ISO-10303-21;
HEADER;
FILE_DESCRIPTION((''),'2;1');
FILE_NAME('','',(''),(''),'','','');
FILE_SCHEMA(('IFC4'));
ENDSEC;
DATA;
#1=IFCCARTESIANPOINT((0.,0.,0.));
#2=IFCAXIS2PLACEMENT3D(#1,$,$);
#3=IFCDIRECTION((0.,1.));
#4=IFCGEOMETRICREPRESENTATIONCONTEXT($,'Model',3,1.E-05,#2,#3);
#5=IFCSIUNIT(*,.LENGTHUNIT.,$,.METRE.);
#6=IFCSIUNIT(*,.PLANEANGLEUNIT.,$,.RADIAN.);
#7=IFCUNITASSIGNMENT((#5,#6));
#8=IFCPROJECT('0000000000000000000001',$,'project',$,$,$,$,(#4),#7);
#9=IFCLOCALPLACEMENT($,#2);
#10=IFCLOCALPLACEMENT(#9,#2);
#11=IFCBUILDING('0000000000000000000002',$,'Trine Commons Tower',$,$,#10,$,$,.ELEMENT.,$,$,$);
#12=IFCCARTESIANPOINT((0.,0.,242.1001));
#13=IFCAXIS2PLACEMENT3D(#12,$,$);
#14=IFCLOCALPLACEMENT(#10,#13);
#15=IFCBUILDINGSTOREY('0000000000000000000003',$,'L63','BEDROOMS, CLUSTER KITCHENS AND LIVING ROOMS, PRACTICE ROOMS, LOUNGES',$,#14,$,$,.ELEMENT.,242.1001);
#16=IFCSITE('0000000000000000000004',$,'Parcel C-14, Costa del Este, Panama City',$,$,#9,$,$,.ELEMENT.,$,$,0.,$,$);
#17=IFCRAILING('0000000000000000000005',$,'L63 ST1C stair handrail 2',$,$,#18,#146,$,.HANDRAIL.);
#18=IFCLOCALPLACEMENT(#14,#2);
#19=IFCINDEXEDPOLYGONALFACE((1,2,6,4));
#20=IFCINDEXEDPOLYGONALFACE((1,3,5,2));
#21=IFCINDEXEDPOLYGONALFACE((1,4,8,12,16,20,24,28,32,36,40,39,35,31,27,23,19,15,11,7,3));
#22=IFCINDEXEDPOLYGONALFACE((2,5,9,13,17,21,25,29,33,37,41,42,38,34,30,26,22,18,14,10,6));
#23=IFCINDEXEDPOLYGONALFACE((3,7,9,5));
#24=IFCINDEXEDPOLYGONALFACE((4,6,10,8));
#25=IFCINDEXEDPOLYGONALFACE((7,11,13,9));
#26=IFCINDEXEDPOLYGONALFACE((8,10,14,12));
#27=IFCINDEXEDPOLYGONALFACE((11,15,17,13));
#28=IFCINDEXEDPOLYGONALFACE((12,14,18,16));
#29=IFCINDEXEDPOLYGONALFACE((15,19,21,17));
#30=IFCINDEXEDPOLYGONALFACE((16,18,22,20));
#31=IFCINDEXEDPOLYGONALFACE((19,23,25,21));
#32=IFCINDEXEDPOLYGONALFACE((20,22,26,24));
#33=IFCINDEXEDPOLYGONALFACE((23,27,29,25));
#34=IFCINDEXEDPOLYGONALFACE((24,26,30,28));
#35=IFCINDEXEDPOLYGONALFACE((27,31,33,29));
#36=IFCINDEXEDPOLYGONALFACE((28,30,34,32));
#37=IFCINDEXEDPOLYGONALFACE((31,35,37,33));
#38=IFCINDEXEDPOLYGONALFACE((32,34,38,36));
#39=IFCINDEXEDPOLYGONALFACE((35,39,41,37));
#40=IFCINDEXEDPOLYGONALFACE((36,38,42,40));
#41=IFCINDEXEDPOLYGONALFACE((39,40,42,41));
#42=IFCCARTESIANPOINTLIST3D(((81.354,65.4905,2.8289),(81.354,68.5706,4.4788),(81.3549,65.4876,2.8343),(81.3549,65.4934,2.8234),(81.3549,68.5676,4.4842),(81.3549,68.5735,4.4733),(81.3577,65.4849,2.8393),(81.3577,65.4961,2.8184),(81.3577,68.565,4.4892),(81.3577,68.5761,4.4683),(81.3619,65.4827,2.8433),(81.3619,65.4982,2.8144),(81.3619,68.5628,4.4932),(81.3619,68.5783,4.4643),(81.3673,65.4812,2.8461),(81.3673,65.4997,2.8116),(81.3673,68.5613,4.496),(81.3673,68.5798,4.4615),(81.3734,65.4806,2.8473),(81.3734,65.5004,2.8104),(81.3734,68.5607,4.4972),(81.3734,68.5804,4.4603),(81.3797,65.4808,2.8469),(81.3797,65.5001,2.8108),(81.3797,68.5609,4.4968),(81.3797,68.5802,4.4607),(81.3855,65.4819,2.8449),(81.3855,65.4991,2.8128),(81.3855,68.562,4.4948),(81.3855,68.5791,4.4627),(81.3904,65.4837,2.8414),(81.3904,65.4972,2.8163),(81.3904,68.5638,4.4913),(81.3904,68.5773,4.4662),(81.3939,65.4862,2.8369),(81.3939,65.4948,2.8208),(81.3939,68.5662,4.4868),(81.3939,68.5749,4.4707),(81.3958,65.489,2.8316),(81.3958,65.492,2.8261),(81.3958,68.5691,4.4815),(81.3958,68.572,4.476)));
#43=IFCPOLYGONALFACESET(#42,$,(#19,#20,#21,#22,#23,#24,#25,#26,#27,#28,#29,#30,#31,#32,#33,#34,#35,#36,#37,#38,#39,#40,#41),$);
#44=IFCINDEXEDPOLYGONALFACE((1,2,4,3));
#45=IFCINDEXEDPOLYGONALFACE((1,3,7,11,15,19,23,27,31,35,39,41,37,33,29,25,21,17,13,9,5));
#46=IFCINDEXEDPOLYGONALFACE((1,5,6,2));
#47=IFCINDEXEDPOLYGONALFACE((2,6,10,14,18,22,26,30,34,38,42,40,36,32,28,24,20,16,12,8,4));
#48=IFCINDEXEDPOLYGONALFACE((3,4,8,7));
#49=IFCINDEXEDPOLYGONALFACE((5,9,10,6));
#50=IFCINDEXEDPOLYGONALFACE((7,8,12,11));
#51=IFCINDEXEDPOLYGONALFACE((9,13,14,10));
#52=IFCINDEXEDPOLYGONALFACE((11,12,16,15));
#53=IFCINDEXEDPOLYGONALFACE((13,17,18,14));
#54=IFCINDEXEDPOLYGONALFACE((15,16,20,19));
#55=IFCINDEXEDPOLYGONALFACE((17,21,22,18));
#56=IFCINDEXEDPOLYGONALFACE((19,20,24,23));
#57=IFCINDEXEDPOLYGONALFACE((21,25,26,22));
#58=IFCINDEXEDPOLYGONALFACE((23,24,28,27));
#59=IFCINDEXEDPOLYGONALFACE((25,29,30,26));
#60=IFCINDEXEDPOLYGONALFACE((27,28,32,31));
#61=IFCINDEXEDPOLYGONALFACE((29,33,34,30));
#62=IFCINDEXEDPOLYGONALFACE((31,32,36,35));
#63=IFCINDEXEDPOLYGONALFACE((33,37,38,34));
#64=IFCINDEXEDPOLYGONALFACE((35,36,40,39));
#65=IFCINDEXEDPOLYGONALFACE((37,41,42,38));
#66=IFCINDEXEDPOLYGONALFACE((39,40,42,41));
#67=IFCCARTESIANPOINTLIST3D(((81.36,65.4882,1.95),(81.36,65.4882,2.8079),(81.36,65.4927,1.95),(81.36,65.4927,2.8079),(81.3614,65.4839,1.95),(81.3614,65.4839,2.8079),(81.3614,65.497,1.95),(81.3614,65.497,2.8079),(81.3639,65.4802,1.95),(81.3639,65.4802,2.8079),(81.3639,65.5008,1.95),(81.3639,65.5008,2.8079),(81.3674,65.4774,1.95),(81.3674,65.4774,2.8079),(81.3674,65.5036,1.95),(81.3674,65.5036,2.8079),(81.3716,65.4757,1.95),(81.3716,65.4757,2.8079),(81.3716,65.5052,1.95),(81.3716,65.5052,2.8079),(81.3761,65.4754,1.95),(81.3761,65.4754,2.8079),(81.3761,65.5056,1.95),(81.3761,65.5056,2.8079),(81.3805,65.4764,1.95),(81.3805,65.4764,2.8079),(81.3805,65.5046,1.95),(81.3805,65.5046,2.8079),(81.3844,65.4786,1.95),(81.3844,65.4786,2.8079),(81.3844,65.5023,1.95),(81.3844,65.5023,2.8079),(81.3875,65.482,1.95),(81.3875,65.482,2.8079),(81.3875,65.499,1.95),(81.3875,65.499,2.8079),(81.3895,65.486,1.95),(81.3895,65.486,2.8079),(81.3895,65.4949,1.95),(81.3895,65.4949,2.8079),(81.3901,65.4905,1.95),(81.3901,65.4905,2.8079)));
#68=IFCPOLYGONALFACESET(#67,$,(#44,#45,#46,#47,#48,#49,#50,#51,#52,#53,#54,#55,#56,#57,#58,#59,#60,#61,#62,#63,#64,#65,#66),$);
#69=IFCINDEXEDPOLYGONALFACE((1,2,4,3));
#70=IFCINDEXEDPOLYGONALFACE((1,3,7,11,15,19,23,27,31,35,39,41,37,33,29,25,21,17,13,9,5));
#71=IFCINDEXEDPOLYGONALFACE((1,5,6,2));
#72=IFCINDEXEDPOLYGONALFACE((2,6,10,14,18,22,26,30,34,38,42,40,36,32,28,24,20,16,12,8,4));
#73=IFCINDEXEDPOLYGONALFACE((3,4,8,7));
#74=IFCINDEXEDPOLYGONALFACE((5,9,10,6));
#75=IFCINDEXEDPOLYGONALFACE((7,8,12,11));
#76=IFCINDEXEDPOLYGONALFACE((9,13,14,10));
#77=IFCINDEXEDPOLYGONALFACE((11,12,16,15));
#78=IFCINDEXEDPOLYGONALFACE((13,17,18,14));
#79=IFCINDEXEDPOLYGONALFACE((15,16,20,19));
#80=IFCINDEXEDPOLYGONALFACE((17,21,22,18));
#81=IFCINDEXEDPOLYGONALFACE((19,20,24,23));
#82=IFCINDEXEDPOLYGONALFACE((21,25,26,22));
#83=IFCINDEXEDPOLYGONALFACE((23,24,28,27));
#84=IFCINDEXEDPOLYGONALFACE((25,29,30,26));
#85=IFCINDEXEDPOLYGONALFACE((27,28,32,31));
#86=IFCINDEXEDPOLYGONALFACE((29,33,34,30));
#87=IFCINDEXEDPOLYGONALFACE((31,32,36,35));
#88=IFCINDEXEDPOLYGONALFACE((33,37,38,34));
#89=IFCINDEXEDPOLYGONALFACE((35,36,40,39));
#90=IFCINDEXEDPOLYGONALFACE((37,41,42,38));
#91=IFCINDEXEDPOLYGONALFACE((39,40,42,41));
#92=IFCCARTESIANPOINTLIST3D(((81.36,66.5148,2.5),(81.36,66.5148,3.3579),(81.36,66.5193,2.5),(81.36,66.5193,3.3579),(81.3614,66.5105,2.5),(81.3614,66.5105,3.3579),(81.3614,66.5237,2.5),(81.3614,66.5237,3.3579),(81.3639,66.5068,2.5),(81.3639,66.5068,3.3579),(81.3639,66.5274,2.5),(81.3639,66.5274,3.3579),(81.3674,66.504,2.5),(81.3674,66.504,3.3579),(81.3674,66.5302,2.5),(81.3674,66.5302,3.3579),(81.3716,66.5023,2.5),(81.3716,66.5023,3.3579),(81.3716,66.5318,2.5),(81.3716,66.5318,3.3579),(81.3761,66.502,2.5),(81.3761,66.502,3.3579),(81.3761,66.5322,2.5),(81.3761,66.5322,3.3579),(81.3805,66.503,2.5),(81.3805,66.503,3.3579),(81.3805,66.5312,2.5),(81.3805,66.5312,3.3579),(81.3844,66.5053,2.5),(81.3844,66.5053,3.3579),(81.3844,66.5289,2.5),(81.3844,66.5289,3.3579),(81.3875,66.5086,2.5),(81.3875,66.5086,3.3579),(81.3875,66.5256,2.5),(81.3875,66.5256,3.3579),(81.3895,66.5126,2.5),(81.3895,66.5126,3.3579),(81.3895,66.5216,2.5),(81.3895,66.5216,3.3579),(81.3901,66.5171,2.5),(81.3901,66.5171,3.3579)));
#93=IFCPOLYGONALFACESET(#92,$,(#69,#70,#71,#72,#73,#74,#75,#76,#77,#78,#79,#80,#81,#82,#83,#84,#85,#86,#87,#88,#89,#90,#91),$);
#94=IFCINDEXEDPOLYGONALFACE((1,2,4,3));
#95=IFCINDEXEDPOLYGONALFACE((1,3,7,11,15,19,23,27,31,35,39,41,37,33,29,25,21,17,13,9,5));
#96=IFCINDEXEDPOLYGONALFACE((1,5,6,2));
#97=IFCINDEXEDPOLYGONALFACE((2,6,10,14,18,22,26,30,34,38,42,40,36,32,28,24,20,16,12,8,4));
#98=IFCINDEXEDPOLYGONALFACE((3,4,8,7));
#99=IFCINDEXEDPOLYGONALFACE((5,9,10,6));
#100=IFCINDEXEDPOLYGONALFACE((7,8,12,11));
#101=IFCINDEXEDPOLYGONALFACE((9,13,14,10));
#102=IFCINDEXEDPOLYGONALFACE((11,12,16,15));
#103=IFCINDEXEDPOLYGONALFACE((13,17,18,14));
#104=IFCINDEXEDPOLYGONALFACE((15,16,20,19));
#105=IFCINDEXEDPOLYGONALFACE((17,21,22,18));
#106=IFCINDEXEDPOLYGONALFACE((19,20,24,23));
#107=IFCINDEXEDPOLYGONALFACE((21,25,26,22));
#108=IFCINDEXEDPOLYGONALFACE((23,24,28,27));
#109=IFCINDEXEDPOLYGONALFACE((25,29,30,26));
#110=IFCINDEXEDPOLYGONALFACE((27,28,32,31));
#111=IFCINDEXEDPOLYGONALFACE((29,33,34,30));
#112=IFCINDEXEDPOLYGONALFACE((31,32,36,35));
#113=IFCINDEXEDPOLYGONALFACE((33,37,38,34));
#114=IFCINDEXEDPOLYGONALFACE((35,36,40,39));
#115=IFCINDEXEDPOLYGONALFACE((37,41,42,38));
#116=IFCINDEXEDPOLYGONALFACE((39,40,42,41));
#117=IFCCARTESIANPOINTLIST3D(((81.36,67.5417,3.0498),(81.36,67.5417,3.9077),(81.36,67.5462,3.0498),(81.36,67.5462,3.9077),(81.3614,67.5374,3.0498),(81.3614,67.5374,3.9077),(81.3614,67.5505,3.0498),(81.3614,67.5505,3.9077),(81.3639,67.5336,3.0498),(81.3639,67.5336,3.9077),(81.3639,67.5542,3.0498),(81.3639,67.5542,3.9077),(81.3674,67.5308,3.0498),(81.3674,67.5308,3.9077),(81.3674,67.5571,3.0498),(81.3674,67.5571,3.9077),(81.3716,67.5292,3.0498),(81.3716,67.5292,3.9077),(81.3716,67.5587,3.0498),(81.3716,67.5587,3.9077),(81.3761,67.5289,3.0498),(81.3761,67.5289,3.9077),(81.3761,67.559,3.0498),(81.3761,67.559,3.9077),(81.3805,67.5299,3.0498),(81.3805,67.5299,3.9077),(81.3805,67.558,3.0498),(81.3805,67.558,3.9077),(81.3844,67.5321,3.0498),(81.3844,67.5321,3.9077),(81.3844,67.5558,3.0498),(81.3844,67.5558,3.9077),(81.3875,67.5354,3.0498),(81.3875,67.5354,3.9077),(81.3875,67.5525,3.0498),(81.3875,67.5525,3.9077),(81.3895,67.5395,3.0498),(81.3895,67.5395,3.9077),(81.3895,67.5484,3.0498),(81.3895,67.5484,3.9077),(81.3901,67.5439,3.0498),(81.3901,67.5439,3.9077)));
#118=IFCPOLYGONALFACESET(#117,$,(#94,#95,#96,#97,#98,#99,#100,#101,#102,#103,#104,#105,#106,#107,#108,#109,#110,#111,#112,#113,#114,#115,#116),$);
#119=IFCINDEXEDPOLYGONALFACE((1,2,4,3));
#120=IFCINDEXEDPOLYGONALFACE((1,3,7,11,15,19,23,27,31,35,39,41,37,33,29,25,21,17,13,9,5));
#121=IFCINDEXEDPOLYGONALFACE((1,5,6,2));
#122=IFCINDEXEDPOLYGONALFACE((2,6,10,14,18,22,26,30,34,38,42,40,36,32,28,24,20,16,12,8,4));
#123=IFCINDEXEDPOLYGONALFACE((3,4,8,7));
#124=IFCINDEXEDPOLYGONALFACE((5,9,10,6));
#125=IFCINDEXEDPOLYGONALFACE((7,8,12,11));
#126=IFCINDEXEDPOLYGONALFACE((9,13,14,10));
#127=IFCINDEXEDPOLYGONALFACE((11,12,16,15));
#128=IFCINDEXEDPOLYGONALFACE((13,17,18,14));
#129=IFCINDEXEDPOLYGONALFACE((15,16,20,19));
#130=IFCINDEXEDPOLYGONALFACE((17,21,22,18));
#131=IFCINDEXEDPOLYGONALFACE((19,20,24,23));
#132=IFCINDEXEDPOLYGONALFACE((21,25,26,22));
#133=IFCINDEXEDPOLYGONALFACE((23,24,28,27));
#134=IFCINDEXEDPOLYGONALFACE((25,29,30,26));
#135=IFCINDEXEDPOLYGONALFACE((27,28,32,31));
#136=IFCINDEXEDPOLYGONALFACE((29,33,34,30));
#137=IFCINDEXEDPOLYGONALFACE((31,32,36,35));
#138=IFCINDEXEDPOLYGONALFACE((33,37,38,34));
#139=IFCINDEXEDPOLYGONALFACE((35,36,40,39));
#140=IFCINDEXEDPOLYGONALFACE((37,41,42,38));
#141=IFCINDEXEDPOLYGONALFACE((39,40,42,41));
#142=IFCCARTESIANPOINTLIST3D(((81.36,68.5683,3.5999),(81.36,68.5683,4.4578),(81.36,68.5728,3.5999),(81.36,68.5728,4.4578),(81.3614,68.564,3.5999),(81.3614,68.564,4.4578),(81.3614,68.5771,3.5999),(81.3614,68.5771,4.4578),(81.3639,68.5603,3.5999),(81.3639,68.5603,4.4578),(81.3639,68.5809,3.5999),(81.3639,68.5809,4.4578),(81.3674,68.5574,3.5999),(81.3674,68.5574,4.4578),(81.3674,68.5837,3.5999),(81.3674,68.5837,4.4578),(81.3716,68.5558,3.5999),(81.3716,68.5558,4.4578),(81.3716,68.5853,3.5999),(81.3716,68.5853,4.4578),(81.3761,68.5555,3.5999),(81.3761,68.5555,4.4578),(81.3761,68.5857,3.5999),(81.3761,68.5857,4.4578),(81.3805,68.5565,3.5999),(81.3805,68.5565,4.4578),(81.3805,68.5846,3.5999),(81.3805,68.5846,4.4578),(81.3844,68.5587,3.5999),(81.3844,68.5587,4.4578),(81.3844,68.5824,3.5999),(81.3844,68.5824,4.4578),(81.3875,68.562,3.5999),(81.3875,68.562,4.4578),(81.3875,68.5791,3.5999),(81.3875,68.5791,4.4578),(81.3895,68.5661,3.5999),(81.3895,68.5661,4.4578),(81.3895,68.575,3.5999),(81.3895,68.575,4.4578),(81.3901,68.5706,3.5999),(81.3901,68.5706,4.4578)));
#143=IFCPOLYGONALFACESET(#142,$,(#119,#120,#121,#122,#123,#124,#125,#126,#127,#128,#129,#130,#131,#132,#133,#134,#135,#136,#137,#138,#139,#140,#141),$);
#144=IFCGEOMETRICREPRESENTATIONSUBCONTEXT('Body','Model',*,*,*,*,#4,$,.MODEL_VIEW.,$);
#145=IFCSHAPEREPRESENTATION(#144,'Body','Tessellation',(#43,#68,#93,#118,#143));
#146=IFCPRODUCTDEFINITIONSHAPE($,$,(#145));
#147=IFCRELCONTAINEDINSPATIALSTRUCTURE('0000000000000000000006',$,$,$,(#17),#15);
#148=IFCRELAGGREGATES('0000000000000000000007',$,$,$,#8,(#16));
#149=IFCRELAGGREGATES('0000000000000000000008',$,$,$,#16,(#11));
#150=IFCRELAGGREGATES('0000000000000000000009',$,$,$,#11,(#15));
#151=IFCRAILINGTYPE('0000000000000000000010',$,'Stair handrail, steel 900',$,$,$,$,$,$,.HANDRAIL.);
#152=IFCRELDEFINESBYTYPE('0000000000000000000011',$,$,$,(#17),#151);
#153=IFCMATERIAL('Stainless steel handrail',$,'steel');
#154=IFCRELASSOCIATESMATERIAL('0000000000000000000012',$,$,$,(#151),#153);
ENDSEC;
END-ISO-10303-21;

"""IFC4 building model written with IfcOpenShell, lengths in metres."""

from ifc_helpers import new_model, si_unit, direction, frame, origin, origin_2d, place, context, subcontext, project, spatial, circle, extrude, material, type_object, element, save


model = new_model("IFC4")

# Units and contexts
model_context = context("Model", 3, precision=1e-05, world=origin(), true_north=direction((0.0, 1.0)))
body_context = subcontext(model_context, "Body", "Model", "MODEL_VIEW")
ifc_project = project(units=[si_unit("LENGTHUNIT", "METRE"), si_unit("PLANEANGLEUNIT", "RADIAN")], contexts=[model_context])

# Site, building, storey
site_placement = place(None, origin())
site = spatial("IfcSite", under=ifc_project, at=site_placement, Name="Parcel C-14, Costa del Este, Panama City", CompositionType="ELEMENT", RefElevation=0.0)
building_placement = place(site_placement, origin())
building = spatial("IfcBuilding", under=site, at=building_placement, Name="Trine Commons Tower", CompositionType="ELEMENT")
storey_placement = place(building_placement, frame((0.0, 0.0, 242.1001)))
storey = spatial("IfcBuildingStorey", under=building, at=storey_placement, Name="L63", Description="BEDROOMS, CLUSTER KITCHENS AND LIVING ROOMS, PRACTICE ROOMS, LOUNGES", CompositionType="ELEMENT", Elevation=242.1001)

# Railing
ifc_material_1 = material(Name="Stainless steel handrail", Category="steel")
railing_type_1 = type_object("IfcRailingType", Name="Stair handrail, steel 900", PredefinedType="HANDRAIL", material=ifc_material_1)
railing_1_placement = place(storey_placement, frame((81.375, 65.4905, 1.95)))
element("IfcRailing", 1, at=railing_1_placement, inside=storey, type_object=railing_type_1, Name="L63 ST1C stair handrail 2", PredefinedType="HANDRAIL", context=body_context, shape_type="SweptSolid", body=[
    extrude(circle(Radius=0.021, at=origin_2d()), frame((0.0, 0.0, 0.8789), z_axis=(0.0, 0.881497, 0.47219), x_axis=(-1.0, 0.0, 0.0)), (0.0, 0.0, 1.0), 3.4941),
    extrude(circle(Radius=0.0151, at=origin_2d()), origin(), (0.0, 0.0, 1.0), 0.8579),
    extrude(circle(Radius=0.0151, at=origin_2d()), frame((0.0, 1.0266, 0.55)), (0.0, 0.0, 1.0), 0.8579),
    extrude(circle(Radius=0.0151, at=origin_2d()), frame((0.0, 2.0535, 1.0999)), (0.0, 0.0, 1.0), 0.8579),
    extrude(circle(Radius=0.0151, at=origin_2d()), frame((0.0, 3.0801, 1.6499)), (0.0, 0.0, 1.0), 0.8579),
])

save(model, "model.ifc")
